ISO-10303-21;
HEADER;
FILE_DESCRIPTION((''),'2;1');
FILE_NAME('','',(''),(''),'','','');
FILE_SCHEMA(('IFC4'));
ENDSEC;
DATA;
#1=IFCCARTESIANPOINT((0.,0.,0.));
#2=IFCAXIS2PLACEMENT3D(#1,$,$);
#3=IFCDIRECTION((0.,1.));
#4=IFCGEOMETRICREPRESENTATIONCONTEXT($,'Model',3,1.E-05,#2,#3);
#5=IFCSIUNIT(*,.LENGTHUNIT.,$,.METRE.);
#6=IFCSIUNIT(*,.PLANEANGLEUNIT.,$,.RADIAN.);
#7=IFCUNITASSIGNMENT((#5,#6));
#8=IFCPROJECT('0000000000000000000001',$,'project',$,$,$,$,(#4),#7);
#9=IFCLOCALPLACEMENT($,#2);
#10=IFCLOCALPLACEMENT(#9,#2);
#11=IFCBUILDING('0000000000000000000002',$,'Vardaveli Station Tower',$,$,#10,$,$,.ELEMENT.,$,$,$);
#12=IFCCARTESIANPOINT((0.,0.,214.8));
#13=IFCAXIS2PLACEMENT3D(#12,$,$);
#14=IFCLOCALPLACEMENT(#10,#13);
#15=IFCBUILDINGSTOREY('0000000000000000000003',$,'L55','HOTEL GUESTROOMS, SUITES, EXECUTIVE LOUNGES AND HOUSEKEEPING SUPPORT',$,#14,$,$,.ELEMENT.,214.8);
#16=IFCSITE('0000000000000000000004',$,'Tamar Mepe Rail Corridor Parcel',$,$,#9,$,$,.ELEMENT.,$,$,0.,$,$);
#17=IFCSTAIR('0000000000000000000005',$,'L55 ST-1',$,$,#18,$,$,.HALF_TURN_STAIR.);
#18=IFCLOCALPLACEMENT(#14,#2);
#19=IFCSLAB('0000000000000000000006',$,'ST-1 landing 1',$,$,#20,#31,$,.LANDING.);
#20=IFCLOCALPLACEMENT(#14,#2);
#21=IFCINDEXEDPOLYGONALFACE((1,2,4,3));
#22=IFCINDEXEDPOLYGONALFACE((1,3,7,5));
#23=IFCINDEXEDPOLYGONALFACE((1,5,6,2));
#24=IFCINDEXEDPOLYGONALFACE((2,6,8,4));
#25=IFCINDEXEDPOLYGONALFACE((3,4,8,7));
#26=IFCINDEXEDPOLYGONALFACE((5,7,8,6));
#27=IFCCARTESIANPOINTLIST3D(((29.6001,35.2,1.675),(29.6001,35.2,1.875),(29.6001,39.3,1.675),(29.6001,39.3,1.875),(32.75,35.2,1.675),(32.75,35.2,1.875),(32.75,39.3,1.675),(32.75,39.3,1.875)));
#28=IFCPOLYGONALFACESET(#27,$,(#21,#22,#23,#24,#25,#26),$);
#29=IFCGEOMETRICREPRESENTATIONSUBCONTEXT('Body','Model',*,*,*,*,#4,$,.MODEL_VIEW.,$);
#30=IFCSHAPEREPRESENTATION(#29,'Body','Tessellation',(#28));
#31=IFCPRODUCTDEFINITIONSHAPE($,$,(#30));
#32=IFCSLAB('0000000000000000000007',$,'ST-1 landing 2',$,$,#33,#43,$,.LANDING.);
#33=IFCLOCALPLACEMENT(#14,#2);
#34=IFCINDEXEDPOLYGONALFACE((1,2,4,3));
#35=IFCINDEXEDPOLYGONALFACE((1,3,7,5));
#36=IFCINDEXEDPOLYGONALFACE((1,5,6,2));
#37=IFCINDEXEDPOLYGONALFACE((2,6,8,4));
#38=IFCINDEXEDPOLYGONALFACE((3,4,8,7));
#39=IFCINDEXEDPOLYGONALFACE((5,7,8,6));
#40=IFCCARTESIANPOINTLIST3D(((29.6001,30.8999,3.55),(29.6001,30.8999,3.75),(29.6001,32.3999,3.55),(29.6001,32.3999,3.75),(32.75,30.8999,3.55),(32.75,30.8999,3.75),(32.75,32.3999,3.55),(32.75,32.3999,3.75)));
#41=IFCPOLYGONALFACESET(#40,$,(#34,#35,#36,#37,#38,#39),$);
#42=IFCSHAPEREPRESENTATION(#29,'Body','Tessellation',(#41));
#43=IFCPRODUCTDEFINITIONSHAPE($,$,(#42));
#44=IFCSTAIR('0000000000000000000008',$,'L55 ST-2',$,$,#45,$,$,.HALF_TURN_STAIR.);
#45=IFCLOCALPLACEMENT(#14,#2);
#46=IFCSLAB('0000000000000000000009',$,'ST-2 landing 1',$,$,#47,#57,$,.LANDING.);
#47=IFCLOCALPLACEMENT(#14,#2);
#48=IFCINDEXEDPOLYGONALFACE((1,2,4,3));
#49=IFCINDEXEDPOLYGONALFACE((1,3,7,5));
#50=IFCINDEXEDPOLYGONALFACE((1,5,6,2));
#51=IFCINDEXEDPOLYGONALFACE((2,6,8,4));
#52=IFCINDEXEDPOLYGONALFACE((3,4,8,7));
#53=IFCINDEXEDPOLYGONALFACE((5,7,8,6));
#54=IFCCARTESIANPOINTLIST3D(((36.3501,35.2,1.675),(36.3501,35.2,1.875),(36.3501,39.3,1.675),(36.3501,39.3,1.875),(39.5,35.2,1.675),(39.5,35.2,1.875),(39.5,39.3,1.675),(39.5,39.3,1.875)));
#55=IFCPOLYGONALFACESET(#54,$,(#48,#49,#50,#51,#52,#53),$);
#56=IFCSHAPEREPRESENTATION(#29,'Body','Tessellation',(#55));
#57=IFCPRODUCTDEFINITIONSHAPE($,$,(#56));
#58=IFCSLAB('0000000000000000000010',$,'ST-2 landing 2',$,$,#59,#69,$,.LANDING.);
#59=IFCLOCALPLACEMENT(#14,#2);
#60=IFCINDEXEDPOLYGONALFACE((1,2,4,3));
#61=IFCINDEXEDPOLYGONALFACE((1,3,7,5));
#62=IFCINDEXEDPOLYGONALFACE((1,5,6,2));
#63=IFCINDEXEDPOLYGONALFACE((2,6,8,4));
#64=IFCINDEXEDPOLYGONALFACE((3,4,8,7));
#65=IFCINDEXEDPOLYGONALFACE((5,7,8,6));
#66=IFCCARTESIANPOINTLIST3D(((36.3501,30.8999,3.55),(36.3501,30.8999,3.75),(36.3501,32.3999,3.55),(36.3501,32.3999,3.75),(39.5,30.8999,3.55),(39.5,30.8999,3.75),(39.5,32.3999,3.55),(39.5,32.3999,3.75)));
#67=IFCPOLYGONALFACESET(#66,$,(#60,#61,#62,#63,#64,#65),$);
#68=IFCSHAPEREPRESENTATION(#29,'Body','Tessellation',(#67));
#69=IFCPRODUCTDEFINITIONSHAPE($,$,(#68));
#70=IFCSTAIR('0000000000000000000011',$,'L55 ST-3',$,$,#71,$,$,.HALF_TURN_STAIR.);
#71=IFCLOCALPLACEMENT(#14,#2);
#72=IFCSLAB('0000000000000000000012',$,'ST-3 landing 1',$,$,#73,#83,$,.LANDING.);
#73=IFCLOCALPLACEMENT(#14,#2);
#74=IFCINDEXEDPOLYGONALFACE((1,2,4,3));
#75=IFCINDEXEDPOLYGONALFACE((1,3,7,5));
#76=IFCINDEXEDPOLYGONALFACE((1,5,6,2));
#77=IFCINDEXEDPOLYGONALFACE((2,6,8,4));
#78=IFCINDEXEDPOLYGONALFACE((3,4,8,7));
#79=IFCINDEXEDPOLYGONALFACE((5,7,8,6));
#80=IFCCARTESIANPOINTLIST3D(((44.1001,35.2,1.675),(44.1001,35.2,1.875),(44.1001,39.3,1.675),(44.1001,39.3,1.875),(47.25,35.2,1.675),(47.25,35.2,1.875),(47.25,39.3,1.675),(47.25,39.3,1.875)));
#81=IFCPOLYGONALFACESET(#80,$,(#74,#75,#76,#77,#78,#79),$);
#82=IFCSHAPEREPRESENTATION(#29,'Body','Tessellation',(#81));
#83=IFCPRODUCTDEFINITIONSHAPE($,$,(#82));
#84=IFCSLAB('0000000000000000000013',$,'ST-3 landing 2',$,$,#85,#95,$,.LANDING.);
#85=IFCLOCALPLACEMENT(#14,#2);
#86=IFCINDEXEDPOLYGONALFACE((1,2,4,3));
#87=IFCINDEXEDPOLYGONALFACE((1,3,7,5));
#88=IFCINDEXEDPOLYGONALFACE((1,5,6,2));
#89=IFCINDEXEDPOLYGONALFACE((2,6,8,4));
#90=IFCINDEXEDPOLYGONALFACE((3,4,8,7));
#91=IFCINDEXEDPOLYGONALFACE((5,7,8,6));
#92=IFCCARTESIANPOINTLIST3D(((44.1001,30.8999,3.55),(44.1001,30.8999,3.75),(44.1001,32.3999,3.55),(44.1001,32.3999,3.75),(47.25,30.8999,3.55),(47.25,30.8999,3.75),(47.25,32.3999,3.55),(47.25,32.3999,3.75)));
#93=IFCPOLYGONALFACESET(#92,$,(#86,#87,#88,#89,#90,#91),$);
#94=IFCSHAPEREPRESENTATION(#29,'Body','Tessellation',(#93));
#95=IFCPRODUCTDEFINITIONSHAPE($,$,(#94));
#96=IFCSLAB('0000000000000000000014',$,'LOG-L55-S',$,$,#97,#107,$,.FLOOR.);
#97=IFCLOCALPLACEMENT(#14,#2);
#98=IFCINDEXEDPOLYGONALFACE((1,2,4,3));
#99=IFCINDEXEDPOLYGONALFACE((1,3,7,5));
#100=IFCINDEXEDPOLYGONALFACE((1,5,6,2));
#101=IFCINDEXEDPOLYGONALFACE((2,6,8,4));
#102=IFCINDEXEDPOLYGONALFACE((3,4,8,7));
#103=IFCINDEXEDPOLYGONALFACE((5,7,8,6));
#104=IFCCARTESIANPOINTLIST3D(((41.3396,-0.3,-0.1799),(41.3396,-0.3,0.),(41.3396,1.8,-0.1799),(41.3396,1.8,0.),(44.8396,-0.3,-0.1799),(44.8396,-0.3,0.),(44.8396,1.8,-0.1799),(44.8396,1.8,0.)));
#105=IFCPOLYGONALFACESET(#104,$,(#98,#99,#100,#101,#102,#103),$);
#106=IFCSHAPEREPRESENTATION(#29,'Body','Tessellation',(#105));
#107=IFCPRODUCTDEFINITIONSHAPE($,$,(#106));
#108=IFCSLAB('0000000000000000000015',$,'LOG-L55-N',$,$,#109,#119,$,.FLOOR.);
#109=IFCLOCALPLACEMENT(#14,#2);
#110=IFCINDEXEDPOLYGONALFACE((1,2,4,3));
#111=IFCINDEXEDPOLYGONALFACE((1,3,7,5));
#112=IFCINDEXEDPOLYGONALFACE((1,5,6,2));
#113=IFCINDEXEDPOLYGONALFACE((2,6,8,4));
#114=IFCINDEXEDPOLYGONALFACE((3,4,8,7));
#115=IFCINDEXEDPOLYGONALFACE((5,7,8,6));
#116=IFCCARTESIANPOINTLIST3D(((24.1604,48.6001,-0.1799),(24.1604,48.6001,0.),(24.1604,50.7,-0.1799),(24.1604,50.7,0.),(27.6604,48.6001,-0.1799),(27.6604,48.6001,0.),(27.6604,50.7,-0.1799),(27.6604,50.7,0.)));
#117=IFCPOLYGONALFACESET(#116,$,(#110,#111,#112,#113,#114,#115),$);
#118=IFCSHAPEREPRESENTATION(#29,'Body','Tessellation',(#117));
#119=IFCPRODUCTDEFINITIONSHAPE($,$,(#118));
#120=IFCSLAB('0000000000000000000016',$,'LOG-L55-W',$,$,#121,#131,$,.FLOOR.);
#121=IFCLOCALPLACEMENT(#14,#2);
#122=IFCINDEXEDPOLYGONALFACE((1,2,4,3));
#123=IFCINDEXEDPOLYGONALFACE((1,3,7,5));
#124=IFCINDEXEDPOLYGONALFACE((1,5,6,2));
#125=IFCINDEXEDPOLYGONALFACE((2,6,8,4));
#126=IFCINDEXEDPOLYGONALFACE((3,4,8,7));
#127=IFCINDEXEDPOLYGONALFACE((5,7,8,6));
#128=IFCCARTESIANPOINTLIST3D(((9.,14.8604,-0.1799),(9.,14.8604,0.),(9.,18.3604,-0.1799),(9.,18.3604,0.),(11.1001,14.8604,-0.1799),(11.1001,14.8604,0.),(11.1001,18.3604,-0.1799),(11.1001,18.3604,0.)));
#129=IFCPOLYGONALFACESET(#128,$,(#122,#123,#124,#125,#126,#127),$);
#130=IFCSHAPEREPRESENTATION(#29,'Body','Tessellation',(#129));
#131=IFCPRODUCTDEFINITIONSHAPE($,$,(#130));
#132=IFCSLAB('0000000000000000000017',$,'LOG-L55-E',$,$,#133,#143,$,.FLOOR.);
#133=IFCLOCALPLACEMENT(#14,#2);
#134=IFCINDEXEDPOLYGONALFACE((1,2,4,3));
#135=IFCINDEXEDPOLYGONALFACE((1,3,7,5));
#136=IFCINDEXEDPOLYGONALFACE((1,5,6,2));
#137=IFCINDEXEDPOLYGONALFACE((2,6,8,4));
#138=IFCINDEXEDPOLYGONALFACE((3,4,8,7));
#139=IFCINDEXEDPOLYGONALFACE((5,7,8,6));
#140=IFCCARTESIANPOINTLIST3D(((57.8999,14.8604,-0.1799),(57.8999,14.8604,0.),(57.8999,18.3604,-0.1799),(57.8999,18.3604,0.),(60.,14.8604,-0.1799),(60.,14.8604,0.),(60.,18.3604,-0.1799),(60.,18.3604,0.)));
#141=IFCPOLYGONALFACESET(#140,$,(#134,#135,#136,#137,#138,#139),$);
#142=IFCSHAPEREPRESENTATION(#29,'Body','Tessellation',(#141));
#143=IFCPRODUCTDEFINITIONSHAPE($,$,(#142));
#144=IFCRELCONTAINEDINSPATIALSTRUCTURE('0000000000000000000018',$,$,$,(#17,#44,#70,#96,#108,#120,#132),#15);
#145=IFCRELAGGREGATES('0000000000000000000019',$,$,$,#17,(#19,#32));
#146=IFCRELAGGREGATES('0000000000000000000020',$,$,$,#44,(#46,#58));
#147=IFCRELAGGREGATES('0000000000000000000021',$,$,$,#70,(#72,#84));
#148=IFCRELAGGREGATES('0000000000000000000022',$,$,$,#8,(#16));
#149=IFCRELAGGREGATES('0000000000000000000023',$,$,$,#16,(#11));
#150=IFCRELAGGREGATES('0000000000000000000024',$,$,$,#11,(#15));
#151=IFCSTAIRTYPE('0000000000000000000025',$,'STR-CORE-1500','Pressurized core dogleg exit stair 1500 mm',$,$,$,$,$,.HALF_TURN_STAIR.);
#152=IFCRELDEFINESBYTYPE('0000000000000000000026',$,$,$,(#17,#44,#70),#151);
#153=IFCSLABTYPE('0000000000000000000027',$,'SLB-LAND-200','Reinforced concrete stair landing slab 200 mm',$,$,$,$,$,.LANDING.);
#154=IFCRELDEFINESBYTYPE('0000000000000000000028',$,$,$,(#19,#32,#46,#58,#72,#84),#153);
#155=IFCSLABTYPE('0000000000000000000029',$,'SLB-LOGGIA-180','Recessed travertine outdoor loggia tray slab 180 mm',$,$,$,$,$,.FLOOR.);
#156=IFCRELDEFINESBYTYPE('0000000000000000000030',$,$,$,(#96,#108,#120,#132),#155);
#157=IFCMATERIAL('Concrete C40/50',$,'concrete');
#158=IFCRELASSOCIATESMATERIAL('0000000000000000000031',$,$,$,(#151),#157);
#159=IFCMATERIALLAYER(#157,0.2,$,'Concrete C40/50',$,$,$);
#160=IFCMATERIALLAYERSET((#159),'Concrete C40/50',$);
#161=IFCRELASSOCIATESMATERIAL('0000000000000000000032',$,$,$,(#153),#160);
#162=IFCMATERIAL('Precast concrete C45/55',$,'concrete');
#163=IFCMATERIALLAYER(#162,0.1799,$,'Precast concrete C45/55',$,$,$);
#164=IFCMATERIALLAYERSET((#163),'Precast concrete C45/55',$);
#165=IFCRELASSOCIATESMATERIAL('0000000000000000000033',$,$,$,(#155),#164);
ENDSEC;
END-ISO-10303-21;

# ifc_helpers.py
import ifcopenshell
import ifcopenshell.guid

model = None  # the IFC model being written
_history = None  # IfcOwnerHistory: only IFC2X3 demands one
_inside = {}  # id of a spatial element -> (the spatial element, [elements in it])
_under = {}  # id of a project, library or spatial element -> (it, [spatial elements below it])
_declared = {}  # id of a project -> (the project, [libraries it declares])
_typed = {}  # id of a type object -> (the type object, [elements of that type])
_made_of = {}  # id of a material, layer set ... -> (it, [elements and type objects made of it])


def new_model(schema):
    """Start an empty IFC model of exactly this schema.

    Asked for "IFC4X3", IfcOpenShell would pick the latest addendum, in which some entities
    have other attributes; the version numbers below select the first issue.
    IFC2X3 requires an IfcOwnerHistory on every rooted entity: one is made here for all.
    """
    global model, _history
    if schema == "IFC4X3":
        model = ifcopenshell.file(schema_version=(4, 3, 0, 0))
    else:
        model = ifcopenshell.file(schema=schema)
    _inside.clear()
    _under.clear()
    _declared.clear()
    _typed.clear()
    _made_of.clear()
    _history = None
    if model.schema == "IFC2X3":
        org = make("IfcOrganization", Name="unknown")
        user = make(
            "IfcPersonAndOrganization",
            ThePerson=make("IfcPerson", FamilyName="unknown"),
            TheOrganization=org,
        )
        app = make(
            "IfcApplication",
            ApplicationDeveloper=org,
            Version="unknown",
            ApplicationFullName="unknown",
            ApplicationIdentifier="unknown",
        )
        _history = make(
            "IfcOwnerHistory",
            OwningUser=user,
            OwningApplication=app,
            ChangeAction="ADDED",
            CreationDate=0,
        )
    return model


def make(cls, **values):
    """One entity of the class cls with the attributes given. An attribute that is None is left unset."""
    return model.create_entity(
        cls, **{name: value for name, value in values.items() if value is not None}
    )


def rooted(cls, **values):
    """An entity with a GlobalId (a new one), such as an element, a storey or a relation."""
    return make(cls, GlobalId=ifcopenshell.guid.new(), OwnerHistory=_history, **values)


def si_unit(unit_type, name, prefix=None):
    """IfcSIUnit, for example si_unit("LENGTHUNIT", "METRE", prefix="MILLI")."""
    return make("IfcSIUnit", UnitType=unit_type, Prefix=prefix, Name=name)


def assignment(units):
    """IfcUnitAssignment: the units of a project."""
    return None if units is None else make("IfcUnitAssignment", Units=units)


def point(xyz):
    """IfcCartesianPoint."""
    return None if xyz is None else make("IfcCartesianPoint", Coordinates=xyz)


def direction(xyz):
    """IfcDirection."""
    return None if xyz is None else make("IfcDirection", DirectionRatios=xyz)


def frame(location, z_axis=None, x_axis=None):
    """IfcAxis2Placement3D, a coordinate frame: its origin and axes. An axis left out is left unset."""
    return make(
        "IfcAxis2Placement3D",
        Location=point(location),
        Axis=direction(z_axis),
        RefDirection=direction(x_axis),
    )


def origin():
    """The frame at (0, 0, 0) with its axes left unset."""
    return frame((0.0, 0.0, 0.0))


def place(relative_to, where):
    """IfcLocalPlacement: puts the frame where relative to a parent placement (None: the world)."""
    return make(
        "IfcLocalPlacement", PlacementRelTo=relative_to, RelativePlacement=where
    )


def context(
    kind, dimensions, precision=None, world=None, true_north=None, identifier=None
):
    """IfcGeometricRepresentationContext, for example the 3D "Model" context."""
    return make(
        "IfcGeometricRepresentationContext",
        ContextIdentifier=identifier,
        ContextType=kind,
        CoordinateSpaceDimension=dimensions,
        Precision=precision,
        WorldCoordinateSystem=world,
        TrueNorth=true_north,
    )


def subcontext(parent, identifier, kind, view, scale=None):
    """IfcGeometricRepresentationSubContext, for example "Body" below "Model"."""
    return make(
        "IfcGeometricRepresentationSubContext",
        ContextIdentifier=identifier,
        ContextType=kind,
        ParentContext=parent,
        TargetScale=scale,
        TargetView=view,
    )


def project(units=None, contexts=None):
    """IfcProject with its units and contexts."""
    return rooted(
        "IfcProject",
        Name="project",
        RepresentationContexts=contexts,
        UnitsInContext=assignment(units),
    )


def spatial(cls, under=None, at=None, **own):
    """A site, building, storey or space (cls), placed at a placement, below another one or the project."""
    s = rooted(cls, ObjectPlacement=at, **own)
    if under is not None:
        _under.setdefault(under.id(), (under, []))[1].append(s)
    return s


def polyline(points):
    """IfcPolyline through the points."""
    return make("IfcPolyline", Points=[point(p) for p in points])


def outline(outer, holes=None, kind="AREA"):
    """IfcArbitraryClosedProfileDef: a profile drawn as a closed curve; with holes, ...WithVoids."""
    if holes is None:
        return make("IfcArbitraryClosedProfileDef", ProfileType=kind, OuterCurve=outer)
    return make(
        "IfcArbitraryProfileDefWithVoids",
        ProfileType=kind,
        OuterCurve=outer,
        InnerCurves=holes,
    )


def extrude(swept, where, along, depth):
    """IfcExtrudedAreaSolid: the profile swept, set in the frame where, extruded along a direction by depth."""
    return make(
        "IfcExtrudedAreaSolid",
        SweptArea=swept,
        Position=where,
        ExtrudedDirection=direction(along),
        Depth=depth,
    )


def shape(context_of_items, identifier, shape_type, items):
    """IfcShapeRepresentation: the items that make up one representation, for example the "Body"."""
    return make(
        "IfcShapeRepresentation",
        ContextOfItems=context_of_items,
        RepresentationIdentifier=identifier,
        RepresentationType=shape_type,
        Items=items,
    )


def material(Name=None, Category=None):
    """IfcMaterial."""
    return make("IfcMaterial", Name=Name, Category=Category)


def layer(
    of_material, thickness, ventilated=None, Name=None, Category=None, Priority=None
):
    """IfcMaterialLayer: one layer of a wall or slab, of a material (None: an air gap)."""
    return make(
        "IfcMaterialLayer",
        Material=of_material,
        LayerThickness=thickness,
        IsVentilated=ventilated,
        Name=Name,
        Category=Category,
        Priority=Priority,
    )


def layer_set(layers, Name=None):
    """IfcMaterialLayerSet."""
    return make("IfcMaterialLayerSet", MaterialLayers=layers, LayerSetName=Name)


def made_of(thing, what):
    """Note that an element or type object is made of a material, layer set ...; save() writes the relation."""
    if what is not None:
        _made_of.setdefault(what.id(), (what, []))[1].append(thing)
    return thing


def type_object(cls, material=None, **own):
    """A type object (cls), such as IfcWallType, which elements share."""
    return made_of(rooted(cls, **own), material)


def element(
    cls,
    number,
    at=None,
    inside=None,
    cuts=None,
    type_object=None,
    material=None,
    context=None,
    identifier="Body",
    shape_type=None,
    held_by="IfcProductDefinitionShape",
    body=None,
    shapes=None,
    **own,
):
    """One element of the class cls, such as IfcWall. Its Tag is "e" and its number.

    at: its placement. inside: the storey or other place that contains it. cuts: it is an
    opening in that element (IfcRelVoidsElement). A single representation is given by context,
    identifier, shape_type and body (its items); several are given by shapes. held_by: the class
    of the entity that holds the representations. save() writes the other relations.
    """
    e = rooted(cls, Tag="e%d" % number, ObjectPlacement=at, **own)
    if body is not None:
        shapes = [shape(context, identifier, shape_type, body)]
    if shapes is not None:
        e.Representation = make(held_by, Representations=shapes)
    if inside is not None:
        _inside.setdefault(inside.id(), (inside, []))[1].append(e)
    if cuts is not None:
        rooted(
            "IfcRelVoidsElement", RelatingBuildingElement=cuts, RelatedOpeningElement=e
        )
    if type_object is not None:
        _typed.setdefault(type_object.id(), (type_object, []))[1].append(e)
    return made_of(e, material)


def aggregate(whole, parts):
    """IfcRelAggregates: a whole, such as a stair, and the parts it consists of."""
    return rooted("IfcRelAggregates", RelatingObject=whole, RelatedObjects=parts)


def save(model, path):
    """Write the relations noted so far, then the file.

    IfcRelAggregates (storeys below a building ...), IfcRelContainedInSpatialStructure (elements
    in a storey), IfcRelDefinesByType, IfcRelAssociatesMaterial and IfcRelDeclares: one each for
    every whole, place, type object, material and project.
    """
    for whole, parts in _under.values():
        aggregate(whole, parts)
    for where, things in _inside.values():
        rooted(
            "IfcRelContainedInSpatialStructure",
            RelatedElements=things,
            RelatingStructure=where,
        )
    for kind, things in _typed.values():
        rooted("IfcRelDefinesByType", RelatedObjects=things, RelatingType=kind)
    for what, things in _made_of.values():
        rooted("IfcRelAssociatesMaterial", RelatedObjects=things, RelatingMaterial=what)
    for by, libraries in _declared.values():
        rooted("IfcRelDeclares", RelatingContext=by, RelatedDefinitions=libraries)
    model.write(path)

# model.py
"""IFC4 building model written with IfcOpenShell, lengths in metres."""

from ifc_helpers import new_model, si_unit, direction, frame, origin, place, context, subcontext, project, spatial, polyline, outline, extrude, material, layer, layer_set, type_object, element, aggregate, save


model = new_model("IFC4")

# Units and contexts
model_context = context("Model", 3, precision=1e-05, world=origin(), true_north=direction((0.0, 1.0)))
body_context = subcontext(model_context, "Body", "Model", "MODEL_VIEW")
ifc_project = project(units=[si_unit("LENGTHUNIT", "METRE"), si_unit("PLANEANGLEUNIT", "RADIAN")], contexts=[model_context])

# Site, building, storey
site_placement = place(None, origin())
site = spatial("IfcSite", under=ifc_project, at=site_placement, Name="Tamar Mepe Rail Corridor Parcel", CompositionType="ELEMENT", RefElevation=0.0)
building_placement = place(site_placement, origin())
building = spatial("IfcBuilding", under=site, at=building_placement, Name="Vardaveli Station Tower", CompositionType="ELEMENT")
storey_placement = place(building_placement, frame((0.0, 0.0, 214.8)))
storey = spatial("IfcBuildingStorey", under=building, at=storey_placement, Name="L55", Description="HOTEL GUESTROOMS, SUITES, EXECUTIVE LOUNGES AND HOUSEKEEPING SUPPORT", CompositionType="ELEMENT", Elevation=214.8)

# Stairs, slabs
ifc_material_1 = material(Name="Concrete C40/50", Category="concrete")
stair_type = type_object("IfcStairType", Name="STR-CORE-1500", Description="Pressurized core dogleg exit stair 1500 mm", PredefinedType="HALF_TURN_STAIR", material=ifc_material_1)
stair_1_placement = place(storey_placement, origin())
stair_1 = element("IfcStair", 1, at=stair_1_placement, inside=storey, type_object=stair_type, Name="L55 ST-1", PredefinedType="HALF_TURN_STAIR")
ifc_layer_1 = layer(ifc_material_1, 0.2, Name="Concrete C40/50")
ifc_layer_set_1 = layer_set([ifc_layer_1], Name="Concrete C40/50")
slab_type_1 = type_object("IfcSlabType", Name="SLB-LAND-200", Description="Reinforced concrete stair landing slab 200 mm", PredefinedType="LANDING", material=ifc_layer_set_1)
slab_1_placement = place(storey_placement, frame((0.0, 0.0, 1.675)))
slab_1 = element("IfcSlab", 2, at=slab_1_placement, type_object=slab_type_1, Name="ST-1 landing 1", PredefinedType="LANDING", context=body_context, shape_type="SweptSolid", body=[
    extrude(outline(polyline([(32.75, 35.2), (32.75, 39.3), (29.6001, 39.3), (29.6001, 35.2), (32.75, 35.2)])), origin(), (0.0, 0.0, 1.0), 0.2),
])
slab_2_placement = place(storey_placement, frame((0.0, 0.0, 3.55)))
slab_2 = element("IfcSlab", 3, at=slab_2_placement, type_object=slab_type_1, Name="ST-1 landing 2", PredefinedType="LANDING", context=body_context, shape_type="SweptSolid", body=[
    extrude(outline(polyline([(32.75, 30.8999), (32.75, 32.3999), (29.6001, 32.3999), (29.6001, 30.8999), (32.75, 30.8999)])), origin(), (0.0, 0.0, 1.0), 0.2),
])
aggregate(stair_1, [slab_1, slab_2])
stair_2_placement = place(storey_placement, origin())
stair_2 = element("IfcStair", 4, at=stair_2_placement, inside=storey, type_object=stair_type, Name="L55 ST-2", PredefinedType="HALF_TURN_STAIR")
slab_3_placement = place(storey_placement, frame((0.0, 0.0, 1.675)))
slab_3 = element("IfcSlab", 5, at=slab_3_placement, type_object=slab_type_1, Name="ST-2 landing 1", PredefinedType="LANDING", context=body_context, shape_type="SweptSolid", body=[
    extrude(outline(polyline([(39.5, 35.2), (39.5, 39.3), (36.3501, 39.3), (36.3501, 35.2), (39.5, 35.2)])), origin(), (0.0, 0.0, 1.0), 0.2),
])
slab_4_placement = place(storey_placement, frame((0.0, 0.0, 3.55)))
slab_4 = element("IfcSlab", 6, at=slab_4_placement, type_object=slab_type_1, Name="ST-2 landing 2", PredefinedType="LANDING", context=body_context, shape_type="SweptSolid", body=[
    extrude(outline(polyline([(39.5, 30.8999), (39.5, 32.3999), (36.3501, 32.3999), (36.3501, 30.8999), (39.5, 30.8999)])), origin(), (0.0, 0.0, 1.0), 0.2),
])
aggregate(stair_2, [slab_3, slab_4])
stair_3_placement = place(storey_placement, origin())
stair_3 = element("IfcStair", 7, at=stair_3_placement, inside=storey, type_object=stair_type, Name="L55 ST-3", PredefinedType="HALF_TURN_STAIR")
slab_5_placement = place(storey_placement, frame((0.0, 0.0, 1.675)))
slab_5 = element("IfcSlab", 8, at=slab_5_placement, type_object=slab_type_1, Name="ST-3 landing 1", PredefinedType="LANDING", context=body_context, shape_type="SweptSolid", body=[
    extrude(outline(polyline([(47.25, 35.2), (47.25, 39.3), (44.1001, 39.3), (44.1001, 35.2), (47.25, 35.2)])), origin(), (0.0, 0.0, 1.0), 0.2),
])
slab_6_placement = place(storey_placement, frame((0.0, 0.0, 3.55)))
slab_6 = element("IfcSlab", 9, at=slab_6_placement, type_object=slab_type_1, Name="ST-3 landing 2", PredefinedType="LANDING", context=body_context, shape_type="SweptSolid", body=[
    extrude(outline(polyline([(47.25, 30.8999), (47.25, 32.3999), (44.1001, 32.3999), (44.1001, 30.8999), (47.25, 30.8999)])), origin(), (0.0, 0.0, 1.0), 0.2),
])
aggregate(stair_3, [slab_5, slab_6])

# Slabs
ifc_material_2 = material(Name="Precast concrete C45/55", Category="concrete")
ifc_layer_2 = layer(ifc_material_2, 0.1799, Name="Precast concrete C45/55")
ifc_layer_set_2 = layer_set([ifc_layer_2], Name="Precast concrete C45/55")
slab_type_2 = type_object("IfcSlabType", Name="SLB-LOGGIA-180", Description="Recessed travertine outdoor loggia tray slab 180 mm", PredefinedType="FLOOR", material=ifc_layer_set_2)
slab_7_placement = place(storey_placement, frame((0.0, 0.0, -0.1799)))
element("IfcSlab", 10, at=slab_7_placement, inside=storey, type_object=slab_type_2, Name="LOG-L55-S", PredefinedType="FLOOR", context=body_context, shape_type="SweptSolid", body=[
    extrude(outline(polyline([(41.3396, -0.3), (44.8396, -0.3), (44.8396, 1.8), (41.3396, 1.8), (41.3396, -0.3)])), origin(), (0.0, 0.0, 1.0), 0.1799),
])
slab_8_placement = place(storey_placement, frame((0.0, 0.0, -0.1799)))
element("IfcSlab", 11, at=slab_8_placement, inside=storey, type_object=slab_type_2, Name="LOG-L55-N", PredefinedType="FLOOR", context=body_context, shape_type="SweptSolid", body=[
    extrude(outline(polyline([(24.1604, 48.6001), (27.6604, 48.6001), (27.6604, 50.7), (24.1604, 50.7), (24.1604, 48.6001)])), origin(), (0.0, 0.0, 1.0), 0.1799),
])
slab_9_placement = place(storey_placement, frame((0.0, 0.0, -0.1799)))
element("IfcSlab", 12, at=slab_9_placement, inside=storey, type_object=slab_type_2, Name="LOG-L55-W", PredefinedType="FLOOR", context=body_context, shape_type="SweptSolid", body=[
    extrude(outline(polyline([(9.0, 14.8604), (11.1001, 14.8604), (11.1001, 18.3604), (9.0, 18.3604), (9.0, 14.8604)])), origin(), (0.0, 0.0, 1.0), 0.1799),
])
slab_10_placement = place(storey_placement, frame((0.0, 0.0, -0.1799)))
element("IfcSlab", 13, at=slab_10_placement, inside=storey, type_object=slab_type_2, Name="LOG-L55-E", PredefinedType="FLOOR", context=body_context, shape_type="SweptSolid", body=[
    extrude(outline(polyline([(57.8999, 14.8604), (60.0, 14.8604), (60.0, 18.3604), (57.8999, 18.3604), (57.8999, 14.8604)])), origin(), (0.0, 0.0, 1.0), 0.1799),
])

save(model, "model.ifc")
